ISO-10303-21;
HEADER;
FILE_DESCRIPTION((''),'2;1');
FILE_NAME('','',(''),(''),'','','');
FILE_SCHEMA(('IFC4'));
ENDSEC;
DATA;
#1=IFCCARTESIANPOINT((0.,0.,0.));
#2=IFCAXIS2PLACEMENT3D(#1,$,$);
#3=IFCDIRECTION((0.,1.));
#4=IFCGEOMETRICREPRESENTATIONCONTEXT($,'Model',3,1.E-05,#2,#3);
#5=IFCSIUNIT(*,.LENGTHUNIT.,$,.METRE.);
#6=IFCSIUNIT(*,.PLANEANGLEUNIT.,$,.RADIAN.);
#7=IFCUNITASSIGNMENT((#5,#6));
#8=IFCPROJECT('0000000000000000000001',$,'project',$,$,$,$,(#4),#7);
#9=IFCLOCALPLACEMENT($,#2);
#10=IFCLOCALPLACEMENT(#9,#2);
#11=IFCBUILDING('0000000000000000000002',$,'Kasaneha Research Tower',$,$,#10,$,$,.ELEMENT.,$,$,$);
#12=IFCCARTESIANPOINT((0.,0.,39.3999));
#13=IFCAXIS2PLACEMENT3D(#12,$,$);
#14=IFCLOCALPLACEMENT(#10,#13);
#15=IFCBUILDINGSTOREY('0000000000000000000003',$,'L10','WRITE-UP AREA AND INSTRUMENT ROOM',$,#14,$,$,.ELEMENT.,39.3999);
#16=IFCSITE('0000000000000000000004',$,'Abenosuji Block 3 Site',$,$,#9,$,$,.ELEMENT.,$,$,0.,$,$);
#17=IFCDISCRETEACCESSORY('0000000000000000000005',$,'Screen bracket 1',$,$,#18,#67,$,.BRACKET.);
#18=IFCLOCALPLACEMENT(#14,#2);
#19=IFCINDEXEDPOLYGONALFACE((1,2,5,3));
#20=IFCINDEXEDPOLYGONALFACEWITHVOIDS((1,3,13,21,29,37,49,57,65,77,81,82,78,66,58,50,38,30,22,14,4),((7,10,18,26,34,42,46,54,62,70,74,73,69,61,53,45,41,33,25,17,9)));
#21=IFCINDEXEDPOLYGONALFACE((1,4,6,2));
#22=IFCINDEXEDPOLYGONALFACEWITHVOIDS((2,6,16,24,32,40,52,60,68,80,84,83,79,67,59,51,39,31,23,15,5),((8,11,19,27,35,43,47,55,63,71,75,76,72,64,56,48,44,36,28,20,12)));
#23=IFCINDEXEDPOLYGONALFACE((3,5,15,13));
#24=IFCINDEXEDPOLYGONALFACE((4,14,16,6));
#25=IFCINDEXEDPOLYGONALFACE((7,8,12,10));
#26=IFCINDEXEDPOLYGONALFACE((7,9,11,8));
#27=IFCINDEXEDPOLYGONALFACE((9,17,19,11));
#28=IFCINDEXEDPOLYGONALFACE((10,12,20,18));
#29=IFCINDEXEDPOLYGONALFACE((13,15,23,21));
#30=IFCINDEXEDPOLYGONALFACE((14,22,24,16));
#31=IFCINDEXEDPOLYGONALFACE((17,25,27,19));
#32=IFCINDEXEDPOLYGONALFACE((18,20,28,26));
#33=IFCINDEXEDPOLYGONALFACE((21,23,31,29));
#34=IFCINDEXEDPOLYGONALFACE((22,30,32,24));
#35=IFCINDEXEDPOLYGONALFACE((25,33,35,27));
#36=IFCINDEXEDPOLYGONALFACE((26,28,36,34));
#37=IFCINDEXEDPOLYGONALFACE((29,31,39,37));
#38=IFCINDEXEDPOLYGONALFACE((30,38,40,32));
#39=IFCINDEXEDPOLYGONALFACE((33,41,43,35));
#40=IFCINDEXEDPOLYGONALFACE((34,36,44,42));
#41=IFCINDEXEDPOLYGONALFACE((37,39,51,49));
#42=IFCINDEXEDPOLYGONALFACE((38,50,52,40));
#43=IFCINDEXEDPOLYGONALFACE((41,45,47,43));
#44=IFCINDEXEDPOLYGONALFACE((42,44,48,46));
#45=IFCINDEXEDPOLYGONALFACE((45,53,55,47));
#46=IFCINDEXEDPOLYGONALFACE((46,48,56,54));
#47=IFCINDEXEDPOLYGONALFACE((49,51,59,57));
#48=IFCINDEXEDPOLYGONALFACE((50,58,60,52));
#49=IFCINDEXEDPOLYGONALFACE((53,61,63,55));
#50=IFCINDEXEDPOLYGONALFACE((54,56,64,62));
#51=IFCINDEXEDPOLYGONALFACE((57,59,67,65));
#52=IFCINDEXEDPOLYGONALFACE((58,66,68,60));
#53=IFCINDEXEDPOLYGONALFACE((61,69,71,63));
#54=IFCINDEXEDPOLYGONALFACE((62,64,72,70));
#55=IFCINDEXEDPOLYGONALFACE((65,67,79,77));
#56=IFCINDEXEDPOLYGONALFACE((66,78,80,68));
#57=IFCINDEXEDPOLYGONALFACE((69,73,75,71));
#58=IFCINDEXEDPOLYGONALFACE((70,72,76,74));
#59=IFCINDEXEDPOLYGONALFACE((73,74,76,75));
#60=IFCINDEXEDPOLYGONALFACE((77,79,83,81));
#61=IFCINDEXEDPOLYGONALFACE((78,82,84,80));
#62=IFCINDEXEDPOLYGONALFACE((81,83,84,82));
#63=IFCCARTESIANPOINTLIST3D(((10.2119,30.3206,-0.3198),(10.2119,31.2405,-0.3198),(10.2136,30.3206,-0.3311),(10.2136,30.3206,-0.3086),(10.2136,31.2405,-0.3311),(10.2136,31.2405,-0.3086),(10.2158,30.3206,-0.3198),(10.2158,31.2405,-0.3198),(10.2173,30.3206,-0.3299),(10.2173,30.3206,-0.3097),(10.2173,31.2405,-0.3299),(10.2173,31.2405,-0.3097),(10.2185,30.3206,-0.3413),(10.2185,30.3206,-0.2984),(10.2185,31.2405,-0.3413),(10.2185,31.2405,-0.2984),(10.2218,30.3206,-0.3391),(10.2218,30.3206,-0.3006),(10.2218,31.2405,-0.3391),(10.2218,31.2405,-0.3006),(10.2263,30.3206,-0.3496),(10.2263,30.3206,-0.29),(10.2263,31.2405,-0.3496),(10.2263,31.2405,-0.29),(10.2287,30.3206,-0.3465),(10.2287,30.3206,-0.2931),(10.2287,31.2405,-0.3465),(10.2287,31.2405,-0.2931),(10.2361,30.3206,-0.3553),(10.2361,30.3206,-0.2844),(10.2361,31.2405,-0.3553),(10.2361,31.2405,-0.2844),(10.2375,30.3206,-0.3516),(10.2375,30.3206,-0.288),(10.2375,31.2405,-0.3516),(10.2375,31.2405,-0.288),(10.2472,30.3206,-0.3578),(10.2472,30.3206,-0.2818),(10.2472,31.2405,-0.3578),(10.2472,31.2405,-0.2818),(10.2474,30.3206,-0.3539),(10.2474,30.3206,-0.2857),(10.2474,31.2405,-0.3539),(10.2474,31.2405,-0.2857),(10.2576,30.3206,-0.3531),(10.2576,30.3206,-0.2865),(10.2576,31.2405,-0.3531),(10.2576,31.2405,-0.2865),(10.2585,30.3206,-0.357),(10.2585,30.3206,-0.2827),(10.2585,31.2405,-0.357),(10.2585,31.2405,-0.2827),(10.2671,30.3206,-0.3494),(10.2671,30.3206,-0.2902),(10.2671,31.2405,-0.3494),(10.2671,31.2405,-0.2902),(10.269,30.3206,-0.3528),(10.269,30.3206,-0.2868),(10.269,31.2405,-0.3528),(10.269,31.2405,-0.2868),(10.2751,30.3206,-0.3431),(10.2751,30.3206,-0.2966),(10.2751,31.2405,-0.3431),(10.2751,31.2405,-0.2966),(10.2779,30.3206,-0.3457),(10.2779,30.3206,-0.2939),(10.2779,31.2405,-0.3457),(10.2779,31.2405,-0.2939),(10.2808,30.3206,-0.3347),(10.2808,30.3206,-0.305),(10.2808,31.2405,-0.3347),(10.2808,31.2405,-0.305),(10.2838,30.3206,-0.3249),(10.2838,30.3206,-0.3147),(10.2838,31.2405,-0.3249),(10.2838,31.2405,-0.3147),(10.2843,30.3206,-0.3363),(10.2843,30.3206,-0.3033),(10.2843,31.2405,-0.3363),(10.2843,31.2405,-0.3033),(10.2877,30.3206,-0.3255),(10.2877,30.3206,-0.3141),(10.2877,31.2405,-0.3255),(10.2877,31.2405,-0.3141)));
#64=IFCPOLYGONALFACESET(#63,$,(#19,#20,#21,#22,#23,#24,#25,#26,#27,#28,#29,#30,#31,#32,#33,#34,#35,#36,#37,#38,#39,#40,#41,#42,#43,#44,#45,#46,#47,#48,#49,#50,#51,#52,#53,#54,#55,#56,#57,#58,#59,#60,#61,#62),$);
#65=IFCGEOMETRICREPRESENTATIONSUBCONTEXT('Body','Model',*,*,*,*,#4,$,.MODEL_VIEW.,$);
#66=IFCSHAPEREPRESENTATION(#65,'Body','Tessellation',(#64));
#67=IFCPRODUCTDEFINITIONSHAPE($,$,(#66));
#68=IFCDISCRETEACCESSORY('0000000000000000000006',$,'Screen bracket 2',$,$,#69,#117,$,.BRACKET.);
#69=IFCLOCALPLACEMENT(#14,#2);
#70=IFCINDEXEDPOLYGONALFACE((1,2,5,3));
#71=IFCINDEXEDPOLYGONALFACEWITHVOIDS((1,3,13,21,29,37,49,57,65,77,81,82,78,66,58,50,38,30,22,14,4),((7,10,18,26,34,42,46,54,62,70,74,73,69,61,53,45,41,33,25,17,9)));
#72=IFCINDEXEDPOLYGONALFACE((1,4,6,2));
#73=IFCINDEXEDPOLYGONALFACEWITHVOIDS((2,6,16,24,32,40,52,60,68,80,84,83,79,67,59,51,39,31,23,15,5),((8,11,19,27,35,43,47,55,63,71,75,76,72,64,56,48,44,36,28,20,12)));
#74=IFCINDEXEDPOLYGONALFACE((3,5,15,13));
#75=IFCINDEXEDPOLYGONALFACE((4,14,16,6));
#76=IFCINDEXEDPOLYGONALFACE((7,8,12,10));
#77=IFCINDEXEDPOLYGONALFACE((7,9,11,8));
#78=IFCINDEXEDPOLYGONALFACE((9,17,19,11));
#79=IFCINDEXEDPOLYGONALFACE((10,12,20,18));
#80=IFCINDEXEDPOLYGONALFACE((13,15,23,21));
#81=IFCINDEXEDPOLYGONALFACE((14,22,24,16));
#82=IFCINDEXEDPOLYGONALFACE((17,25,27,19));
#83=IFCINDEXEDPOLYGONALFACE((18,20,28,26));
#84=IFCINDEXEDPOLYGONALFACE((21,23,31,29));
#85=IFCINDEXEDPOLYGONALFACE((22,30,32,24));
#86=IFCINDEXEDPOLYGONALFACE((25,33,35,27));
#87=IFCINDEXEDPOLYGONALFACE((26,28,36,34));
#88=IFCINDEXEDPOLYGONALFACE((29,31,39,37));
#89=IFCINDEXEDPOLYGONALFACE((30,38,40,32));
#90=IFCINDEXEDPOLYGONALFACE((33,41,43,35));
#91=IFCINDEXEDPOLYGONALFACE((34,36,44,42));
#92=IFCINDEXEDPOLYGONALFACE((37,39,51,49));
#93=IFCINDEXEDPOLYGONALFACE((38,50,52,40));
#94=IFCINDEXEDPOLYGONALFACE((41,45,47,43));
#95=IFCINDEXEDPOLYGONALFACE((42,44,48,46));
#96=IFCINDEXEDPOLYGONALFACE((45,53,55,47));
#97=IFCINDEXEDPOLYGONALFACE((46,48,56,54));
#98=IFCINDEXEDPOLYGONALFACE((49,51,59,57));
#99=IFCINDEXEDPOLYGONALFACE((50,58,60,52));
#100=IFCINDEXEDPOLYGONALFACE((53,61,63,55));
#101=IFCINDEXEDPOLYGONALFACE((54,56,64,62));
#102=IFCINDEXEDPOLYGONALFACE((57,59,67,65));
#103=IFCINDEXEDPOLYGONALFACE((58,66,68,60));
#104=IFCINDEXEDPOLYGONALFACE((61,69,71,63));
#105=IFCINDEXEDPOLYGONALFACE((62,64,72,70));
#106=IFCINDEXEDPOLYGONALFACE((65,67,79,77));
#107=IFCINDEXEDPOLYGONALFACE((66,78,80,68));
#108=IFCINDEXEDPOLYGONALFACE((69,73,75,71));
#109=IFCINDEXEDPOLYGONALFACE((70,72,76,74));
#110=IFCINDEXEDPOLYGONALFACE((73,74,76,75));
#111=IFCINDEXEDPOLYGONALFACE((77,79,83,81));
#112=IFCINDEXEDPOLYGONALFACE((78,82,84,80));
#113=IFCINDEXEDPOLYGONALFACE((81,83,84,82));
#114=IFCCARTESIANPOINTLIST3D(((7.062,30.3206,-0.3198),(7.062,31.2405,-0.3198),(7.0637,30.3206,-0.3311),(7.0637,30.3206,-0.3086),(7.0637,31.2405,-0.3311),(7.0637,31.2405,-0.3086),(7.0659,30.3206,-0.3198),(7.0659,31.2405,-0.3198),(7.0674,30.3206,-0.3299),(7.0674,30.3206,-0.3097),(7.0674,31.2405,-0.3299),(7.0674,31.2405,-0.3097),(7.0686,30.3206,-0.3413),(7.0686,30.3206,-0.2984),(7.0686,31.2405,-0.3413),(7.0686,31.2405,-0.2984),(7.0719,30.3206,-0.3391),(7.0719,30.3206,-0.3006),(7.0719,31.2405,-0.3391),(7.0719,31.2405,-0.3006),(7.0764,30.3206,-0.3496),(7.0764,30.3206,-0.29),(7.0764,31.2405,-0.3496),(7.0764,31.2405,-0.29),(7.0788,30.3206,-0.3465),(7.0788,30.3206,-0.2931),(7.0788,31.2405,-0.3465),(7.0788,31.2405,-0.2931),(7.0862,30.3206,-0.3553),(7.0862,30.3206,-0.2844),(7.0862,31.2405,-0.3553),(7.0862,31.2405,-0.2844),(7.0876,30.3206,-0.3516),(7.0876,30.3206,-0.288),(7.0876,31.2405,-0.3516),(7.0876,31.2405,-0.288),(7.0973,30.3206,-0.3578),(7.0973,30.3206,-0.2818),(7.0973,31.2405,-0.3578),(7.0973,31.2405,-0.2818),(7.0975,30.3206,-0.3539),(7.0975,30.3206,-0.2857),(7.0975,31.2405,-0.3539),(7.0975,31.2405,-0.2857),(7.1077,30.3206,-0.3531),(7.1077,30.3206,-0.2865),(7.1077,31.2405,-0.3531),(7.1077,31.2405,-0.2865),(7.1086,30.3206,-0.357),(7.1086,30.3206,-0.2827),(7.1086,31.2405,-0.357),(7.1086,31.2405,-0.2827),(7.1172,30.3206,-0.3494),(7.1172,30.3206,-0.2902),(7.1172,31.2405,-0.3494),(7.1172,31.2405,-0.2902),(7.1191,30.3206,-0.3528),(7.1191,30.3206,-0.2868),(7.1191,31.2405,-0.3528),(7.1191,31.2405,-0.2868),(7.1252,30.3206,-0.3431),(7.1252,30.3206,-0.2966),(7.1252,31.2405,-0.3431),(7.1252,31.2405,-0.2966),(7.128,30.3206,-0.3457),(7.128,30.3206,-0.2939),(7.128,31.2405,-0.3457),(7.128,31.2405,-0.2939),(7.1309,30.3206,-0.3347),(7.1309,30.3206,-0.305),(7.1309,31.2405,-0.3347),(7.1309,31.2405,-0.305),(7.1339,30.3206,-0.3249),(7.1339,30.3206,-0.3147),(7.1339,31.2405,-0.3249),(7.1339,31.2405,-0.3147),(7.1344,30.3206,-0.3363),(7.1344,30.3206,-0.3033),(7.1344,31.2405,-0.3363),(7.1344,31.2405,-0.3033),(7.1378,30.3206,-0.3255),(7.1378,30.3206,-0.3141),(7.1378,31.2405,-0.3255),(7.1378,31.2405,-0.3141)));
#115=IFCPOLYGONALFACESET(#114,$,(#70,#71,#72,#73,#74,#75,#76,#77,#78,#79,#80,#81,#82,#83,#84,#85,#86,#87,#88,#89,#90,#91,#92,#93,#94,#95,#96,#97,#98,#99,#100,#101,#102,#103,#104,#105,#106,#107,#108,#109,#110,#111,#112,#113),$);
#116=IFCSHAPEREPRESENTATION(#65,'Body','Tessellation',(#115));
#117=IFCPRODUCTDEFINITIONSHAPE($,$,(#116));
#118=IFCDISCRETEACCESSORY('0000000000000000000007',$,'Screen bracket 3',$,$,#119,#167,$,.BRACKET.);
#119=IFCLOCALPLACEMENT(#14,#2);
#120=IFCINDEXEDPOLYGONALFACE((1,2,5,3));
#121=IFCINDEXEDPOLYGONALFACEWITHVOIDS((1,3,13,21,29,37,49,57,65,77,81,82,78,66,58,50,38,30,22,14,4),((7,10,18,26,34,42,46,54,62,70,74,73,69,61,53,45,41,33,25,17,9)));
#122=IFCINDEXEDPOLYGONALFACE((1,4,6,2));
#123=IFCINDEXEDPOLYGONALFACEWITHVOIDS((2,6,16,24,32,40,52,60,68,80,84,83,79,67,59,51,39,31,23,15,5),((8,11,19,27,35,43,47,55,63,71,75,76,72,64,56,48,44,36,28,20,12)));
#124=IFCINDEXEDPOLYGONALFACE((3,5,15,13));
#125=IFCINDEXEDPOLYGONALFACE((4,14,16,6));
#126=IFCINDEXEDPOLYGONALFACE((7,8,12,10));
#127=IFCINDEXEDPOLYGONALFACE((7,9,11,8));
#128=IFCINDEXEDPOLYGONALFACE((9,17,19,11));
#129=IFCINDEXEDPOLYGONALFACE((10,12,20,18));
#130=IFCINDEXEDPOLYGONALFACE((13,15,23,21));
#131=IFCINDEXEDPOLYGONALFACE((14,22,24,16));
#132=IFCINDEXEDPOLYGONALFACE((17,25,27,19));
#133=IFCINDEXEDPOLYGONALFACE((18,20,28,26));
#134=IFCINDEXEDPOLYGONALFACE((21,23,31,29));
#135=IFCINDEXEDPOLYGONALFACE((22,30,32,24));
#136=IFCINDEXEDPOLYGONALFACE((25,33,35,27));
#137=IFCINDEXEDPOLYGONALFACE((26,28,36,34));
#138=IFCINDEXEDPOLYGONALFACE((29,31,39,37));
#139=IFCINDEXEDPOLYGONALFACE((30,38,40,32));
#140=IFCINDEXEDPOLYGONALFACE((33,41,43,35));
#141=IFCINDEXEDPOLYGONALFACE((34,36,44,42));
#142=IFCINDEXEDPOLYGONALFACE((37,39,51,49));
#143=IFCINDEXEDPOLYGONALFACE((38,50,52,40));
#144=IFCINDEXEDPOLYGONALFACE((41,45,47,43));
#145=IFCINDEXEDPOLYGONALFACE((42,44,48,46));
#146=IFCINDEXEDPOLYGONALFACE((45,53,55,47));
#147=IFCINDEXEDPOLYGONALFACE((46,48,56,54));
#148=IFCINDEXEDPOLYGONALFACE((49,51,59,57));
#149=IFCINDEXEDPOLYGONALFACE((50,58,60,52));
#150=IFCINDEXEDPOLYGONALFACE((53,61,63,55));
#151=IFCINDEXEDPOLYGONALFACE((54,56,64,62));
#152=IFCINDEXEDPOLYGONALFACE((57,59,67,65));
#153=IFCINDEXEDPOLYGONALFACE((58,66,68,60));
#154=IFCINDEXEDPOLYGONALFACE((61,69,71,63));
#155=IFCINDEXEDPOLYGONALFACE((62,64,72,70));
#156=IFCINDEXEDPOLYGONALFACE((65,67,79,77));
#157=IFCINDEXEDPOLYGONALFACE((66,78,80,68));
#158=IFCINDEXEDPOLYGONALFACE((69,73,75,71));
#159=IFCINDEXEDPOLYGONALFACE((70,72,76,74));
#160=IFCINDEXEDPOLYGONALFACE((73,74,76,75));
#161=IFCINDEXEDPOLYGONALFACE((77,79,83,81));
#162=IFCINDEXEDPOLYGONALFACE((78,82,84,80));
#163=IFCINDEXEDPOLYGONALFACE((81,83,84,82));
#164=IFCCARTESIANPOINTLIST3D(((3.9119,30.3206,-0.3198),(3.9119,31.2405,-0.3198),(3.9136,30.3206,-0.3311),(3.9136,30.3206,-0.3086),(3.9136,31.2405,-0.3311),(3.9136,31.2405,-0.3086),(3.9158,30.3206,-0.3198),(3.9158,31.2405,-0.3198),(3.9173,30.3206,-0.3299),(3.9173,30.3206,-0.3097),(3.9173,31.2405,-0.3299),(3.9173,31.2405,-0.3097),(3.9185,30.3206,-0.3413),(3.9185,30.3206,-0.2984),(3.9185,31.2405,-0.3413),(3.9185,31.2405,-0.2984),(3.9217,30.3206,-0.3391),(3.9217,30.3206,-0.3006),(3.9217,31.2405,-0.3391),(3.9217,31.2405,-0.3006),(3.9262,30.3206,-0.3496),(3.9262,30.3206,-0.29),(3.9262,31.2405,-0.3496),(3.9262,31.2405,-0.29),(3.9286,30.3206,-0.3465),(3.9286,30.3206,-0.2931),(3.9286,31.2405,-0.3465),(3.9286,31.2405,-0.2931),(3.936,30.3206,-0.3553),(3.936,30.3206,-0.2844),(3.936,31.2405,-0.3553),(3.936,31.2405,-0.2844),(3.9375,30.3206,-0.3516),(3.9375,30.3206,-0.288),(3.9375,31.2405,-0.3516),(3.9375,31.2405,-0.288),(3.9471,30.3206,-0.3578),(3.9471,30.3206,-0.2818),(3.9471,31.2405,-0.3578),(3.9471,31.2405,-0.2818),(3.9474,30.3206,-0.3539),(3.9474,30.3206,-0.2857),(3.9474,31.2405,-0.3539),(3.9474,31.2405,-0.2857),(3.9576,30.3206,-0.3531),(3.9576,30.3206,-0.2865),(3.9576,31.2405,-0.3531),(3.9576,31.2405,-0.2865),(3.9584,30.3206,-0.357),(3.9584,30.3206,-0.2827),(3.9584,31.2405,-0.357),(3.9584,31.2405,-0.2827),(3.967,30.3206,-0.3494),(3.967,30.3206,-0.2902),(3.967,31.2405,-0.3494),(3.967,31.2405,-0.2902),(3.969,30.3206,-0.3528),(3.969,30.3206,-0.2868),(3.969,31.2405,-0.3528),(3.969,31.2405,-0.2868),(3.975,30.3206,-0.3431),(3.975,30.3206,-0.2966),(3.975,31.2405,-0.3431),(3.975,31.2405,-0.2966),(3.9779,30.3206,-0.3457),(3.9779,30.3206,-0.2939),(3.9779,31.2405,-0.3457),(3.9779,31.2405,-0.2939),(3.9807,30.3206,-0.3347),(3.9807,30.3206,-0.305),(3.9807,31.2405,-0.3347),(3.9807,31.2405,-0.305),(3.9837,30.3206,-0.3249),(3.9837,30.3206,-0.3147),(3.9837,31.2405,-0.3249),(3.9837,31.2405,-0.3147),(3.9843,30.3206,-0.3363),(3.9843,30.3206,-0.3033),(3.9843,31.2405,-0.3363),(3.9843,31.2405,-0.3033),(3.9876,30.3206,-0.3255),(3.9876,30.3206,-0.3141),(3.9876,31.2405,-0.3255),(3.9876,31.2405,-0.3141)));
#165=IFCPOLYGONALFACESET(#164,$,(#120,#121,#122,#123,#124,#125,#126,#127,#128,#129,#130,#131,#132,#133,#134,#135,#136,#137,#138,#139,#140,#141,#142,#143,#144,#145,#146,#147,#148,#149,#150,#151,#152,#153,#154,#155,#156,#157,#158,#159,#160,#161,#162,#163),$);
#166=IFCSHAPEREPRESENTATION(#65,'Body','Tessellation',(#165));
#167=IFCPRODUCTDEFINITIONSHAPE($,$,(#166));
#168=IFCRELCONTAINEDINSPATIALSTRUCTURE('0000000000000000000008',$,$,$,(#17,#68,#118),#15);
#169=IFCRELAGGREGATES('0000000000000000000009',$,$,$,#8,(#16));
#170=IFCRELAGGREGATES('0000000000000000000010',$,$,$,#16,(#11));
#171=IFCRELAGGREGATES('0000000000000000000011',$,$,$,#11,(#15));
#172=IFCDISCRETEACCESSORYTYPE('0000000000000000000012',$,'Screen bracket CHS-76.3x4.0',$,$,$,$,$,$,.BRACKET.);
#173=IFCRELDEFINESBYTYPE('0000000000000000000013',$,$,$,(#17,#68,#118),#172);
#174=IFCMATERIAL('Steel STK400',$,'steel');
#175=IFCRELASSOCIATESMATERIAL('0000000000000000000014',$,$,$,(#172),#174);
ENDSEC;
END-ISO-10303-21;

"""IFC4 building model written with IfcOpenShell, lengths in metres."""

from ifc_helpers import new_model, si_unit, direction, frame, origin, origin_2d, place, context, subcontext, project, spatial, hollow_circle, extrude, material, material_profile, profile_set, type_object, element, save


model = new_model("IFC4")

# Units and contexts
model_context = context("Model", 3, precision=1e-05, world=origin(), true_north=direction((0.0, 1.0)))
body_context = subcontext(model_context, "Body", "Model", "MODEL_VIEW")
ifc_project = project(units=[si_unit("LENGTHUNIT", "METRE"), si_unit("PLANEANGLEUNIT", "RADIAN")], contexts=[model_context])

# Site, building, storey
site_placement = place(None, origin())
site = spatial("IfcSite", under=ifc_project, at=site_placement, Name="Abenosuji Block 3 Site", CompositionType="ELEMENT", RefElevation=0.0)
building_placement = place(site_placement, origin())
building = spatial("IfcBuilding", under=site, at=building_placement, Name="Kasaneha Research Tower", CompositionType="ELEMENT")
storey_placement = place(building_placement, frame((0.0, 0.0, 39.3999)))
storey = spatial("IfcBuildingStorey", under=building, at=storey_placement, Name="L10", Description="WRITE-UP AREA AND INSTRUMENT ROOM", CompositionType="ELEMENT", Elevation=39.3999)

# Discrete accessories
ifc_material_1 = material(Name="Steel STK400", Category="steel")
ifc_material_profile_1 = material_profile(ifc_material_1, hollow_circle(Radius=0.0381, WallThickness=0.0039, at=origin_2d()), Name="CHS-76.3x4.0")
ifc_profile_set_1 = profile_set([ifc_material_profile_1], Name="Steel STK400")
discrete_accessory_type = type_object("IfcDiscreteAccessoryType", Name="Screen bracket CHS-76.3x4.0", PredefinedType="BRACKET", material=ifc_profile_set_1)
for number, where, z_axis, x_axis, name in (
    (1, (10.25, 30.3206, -0.3198), (0.0, 1.0, 0.0), (-1.0, 0.0, 0.0), "Screen bracket 1"),
    (2, (7.1001, 30.3206, -0.3198), (0.0, 1.0, 0.0), (-1.0, 0.0, 0.0), "Screen bracket 2"),
    (3, (3.95, 30.3206, -0.3198), (0.0, 1.0, 0.0), (-1.0, 0.0, 0.0), "Screen bracket 3"),
):
    element("IfcDiscreteAccessory", number, at=place(storey_placement, frame(where, z_axis=z_axis, x_axis=x_axis)), inside=storey, type_object=discrete_accessory_type, Name=name, PredefinedType="BRACKET", context=body_context, shape_type="SweptSolid", body=[
        extrude(hollow_circle(Radius=0.0381, WallThickness=0.0039, at=origin_2d()), origin(), (0.0, 0.0, 1.0), 0.9199),
    ])

save(model, "model.ifc")
